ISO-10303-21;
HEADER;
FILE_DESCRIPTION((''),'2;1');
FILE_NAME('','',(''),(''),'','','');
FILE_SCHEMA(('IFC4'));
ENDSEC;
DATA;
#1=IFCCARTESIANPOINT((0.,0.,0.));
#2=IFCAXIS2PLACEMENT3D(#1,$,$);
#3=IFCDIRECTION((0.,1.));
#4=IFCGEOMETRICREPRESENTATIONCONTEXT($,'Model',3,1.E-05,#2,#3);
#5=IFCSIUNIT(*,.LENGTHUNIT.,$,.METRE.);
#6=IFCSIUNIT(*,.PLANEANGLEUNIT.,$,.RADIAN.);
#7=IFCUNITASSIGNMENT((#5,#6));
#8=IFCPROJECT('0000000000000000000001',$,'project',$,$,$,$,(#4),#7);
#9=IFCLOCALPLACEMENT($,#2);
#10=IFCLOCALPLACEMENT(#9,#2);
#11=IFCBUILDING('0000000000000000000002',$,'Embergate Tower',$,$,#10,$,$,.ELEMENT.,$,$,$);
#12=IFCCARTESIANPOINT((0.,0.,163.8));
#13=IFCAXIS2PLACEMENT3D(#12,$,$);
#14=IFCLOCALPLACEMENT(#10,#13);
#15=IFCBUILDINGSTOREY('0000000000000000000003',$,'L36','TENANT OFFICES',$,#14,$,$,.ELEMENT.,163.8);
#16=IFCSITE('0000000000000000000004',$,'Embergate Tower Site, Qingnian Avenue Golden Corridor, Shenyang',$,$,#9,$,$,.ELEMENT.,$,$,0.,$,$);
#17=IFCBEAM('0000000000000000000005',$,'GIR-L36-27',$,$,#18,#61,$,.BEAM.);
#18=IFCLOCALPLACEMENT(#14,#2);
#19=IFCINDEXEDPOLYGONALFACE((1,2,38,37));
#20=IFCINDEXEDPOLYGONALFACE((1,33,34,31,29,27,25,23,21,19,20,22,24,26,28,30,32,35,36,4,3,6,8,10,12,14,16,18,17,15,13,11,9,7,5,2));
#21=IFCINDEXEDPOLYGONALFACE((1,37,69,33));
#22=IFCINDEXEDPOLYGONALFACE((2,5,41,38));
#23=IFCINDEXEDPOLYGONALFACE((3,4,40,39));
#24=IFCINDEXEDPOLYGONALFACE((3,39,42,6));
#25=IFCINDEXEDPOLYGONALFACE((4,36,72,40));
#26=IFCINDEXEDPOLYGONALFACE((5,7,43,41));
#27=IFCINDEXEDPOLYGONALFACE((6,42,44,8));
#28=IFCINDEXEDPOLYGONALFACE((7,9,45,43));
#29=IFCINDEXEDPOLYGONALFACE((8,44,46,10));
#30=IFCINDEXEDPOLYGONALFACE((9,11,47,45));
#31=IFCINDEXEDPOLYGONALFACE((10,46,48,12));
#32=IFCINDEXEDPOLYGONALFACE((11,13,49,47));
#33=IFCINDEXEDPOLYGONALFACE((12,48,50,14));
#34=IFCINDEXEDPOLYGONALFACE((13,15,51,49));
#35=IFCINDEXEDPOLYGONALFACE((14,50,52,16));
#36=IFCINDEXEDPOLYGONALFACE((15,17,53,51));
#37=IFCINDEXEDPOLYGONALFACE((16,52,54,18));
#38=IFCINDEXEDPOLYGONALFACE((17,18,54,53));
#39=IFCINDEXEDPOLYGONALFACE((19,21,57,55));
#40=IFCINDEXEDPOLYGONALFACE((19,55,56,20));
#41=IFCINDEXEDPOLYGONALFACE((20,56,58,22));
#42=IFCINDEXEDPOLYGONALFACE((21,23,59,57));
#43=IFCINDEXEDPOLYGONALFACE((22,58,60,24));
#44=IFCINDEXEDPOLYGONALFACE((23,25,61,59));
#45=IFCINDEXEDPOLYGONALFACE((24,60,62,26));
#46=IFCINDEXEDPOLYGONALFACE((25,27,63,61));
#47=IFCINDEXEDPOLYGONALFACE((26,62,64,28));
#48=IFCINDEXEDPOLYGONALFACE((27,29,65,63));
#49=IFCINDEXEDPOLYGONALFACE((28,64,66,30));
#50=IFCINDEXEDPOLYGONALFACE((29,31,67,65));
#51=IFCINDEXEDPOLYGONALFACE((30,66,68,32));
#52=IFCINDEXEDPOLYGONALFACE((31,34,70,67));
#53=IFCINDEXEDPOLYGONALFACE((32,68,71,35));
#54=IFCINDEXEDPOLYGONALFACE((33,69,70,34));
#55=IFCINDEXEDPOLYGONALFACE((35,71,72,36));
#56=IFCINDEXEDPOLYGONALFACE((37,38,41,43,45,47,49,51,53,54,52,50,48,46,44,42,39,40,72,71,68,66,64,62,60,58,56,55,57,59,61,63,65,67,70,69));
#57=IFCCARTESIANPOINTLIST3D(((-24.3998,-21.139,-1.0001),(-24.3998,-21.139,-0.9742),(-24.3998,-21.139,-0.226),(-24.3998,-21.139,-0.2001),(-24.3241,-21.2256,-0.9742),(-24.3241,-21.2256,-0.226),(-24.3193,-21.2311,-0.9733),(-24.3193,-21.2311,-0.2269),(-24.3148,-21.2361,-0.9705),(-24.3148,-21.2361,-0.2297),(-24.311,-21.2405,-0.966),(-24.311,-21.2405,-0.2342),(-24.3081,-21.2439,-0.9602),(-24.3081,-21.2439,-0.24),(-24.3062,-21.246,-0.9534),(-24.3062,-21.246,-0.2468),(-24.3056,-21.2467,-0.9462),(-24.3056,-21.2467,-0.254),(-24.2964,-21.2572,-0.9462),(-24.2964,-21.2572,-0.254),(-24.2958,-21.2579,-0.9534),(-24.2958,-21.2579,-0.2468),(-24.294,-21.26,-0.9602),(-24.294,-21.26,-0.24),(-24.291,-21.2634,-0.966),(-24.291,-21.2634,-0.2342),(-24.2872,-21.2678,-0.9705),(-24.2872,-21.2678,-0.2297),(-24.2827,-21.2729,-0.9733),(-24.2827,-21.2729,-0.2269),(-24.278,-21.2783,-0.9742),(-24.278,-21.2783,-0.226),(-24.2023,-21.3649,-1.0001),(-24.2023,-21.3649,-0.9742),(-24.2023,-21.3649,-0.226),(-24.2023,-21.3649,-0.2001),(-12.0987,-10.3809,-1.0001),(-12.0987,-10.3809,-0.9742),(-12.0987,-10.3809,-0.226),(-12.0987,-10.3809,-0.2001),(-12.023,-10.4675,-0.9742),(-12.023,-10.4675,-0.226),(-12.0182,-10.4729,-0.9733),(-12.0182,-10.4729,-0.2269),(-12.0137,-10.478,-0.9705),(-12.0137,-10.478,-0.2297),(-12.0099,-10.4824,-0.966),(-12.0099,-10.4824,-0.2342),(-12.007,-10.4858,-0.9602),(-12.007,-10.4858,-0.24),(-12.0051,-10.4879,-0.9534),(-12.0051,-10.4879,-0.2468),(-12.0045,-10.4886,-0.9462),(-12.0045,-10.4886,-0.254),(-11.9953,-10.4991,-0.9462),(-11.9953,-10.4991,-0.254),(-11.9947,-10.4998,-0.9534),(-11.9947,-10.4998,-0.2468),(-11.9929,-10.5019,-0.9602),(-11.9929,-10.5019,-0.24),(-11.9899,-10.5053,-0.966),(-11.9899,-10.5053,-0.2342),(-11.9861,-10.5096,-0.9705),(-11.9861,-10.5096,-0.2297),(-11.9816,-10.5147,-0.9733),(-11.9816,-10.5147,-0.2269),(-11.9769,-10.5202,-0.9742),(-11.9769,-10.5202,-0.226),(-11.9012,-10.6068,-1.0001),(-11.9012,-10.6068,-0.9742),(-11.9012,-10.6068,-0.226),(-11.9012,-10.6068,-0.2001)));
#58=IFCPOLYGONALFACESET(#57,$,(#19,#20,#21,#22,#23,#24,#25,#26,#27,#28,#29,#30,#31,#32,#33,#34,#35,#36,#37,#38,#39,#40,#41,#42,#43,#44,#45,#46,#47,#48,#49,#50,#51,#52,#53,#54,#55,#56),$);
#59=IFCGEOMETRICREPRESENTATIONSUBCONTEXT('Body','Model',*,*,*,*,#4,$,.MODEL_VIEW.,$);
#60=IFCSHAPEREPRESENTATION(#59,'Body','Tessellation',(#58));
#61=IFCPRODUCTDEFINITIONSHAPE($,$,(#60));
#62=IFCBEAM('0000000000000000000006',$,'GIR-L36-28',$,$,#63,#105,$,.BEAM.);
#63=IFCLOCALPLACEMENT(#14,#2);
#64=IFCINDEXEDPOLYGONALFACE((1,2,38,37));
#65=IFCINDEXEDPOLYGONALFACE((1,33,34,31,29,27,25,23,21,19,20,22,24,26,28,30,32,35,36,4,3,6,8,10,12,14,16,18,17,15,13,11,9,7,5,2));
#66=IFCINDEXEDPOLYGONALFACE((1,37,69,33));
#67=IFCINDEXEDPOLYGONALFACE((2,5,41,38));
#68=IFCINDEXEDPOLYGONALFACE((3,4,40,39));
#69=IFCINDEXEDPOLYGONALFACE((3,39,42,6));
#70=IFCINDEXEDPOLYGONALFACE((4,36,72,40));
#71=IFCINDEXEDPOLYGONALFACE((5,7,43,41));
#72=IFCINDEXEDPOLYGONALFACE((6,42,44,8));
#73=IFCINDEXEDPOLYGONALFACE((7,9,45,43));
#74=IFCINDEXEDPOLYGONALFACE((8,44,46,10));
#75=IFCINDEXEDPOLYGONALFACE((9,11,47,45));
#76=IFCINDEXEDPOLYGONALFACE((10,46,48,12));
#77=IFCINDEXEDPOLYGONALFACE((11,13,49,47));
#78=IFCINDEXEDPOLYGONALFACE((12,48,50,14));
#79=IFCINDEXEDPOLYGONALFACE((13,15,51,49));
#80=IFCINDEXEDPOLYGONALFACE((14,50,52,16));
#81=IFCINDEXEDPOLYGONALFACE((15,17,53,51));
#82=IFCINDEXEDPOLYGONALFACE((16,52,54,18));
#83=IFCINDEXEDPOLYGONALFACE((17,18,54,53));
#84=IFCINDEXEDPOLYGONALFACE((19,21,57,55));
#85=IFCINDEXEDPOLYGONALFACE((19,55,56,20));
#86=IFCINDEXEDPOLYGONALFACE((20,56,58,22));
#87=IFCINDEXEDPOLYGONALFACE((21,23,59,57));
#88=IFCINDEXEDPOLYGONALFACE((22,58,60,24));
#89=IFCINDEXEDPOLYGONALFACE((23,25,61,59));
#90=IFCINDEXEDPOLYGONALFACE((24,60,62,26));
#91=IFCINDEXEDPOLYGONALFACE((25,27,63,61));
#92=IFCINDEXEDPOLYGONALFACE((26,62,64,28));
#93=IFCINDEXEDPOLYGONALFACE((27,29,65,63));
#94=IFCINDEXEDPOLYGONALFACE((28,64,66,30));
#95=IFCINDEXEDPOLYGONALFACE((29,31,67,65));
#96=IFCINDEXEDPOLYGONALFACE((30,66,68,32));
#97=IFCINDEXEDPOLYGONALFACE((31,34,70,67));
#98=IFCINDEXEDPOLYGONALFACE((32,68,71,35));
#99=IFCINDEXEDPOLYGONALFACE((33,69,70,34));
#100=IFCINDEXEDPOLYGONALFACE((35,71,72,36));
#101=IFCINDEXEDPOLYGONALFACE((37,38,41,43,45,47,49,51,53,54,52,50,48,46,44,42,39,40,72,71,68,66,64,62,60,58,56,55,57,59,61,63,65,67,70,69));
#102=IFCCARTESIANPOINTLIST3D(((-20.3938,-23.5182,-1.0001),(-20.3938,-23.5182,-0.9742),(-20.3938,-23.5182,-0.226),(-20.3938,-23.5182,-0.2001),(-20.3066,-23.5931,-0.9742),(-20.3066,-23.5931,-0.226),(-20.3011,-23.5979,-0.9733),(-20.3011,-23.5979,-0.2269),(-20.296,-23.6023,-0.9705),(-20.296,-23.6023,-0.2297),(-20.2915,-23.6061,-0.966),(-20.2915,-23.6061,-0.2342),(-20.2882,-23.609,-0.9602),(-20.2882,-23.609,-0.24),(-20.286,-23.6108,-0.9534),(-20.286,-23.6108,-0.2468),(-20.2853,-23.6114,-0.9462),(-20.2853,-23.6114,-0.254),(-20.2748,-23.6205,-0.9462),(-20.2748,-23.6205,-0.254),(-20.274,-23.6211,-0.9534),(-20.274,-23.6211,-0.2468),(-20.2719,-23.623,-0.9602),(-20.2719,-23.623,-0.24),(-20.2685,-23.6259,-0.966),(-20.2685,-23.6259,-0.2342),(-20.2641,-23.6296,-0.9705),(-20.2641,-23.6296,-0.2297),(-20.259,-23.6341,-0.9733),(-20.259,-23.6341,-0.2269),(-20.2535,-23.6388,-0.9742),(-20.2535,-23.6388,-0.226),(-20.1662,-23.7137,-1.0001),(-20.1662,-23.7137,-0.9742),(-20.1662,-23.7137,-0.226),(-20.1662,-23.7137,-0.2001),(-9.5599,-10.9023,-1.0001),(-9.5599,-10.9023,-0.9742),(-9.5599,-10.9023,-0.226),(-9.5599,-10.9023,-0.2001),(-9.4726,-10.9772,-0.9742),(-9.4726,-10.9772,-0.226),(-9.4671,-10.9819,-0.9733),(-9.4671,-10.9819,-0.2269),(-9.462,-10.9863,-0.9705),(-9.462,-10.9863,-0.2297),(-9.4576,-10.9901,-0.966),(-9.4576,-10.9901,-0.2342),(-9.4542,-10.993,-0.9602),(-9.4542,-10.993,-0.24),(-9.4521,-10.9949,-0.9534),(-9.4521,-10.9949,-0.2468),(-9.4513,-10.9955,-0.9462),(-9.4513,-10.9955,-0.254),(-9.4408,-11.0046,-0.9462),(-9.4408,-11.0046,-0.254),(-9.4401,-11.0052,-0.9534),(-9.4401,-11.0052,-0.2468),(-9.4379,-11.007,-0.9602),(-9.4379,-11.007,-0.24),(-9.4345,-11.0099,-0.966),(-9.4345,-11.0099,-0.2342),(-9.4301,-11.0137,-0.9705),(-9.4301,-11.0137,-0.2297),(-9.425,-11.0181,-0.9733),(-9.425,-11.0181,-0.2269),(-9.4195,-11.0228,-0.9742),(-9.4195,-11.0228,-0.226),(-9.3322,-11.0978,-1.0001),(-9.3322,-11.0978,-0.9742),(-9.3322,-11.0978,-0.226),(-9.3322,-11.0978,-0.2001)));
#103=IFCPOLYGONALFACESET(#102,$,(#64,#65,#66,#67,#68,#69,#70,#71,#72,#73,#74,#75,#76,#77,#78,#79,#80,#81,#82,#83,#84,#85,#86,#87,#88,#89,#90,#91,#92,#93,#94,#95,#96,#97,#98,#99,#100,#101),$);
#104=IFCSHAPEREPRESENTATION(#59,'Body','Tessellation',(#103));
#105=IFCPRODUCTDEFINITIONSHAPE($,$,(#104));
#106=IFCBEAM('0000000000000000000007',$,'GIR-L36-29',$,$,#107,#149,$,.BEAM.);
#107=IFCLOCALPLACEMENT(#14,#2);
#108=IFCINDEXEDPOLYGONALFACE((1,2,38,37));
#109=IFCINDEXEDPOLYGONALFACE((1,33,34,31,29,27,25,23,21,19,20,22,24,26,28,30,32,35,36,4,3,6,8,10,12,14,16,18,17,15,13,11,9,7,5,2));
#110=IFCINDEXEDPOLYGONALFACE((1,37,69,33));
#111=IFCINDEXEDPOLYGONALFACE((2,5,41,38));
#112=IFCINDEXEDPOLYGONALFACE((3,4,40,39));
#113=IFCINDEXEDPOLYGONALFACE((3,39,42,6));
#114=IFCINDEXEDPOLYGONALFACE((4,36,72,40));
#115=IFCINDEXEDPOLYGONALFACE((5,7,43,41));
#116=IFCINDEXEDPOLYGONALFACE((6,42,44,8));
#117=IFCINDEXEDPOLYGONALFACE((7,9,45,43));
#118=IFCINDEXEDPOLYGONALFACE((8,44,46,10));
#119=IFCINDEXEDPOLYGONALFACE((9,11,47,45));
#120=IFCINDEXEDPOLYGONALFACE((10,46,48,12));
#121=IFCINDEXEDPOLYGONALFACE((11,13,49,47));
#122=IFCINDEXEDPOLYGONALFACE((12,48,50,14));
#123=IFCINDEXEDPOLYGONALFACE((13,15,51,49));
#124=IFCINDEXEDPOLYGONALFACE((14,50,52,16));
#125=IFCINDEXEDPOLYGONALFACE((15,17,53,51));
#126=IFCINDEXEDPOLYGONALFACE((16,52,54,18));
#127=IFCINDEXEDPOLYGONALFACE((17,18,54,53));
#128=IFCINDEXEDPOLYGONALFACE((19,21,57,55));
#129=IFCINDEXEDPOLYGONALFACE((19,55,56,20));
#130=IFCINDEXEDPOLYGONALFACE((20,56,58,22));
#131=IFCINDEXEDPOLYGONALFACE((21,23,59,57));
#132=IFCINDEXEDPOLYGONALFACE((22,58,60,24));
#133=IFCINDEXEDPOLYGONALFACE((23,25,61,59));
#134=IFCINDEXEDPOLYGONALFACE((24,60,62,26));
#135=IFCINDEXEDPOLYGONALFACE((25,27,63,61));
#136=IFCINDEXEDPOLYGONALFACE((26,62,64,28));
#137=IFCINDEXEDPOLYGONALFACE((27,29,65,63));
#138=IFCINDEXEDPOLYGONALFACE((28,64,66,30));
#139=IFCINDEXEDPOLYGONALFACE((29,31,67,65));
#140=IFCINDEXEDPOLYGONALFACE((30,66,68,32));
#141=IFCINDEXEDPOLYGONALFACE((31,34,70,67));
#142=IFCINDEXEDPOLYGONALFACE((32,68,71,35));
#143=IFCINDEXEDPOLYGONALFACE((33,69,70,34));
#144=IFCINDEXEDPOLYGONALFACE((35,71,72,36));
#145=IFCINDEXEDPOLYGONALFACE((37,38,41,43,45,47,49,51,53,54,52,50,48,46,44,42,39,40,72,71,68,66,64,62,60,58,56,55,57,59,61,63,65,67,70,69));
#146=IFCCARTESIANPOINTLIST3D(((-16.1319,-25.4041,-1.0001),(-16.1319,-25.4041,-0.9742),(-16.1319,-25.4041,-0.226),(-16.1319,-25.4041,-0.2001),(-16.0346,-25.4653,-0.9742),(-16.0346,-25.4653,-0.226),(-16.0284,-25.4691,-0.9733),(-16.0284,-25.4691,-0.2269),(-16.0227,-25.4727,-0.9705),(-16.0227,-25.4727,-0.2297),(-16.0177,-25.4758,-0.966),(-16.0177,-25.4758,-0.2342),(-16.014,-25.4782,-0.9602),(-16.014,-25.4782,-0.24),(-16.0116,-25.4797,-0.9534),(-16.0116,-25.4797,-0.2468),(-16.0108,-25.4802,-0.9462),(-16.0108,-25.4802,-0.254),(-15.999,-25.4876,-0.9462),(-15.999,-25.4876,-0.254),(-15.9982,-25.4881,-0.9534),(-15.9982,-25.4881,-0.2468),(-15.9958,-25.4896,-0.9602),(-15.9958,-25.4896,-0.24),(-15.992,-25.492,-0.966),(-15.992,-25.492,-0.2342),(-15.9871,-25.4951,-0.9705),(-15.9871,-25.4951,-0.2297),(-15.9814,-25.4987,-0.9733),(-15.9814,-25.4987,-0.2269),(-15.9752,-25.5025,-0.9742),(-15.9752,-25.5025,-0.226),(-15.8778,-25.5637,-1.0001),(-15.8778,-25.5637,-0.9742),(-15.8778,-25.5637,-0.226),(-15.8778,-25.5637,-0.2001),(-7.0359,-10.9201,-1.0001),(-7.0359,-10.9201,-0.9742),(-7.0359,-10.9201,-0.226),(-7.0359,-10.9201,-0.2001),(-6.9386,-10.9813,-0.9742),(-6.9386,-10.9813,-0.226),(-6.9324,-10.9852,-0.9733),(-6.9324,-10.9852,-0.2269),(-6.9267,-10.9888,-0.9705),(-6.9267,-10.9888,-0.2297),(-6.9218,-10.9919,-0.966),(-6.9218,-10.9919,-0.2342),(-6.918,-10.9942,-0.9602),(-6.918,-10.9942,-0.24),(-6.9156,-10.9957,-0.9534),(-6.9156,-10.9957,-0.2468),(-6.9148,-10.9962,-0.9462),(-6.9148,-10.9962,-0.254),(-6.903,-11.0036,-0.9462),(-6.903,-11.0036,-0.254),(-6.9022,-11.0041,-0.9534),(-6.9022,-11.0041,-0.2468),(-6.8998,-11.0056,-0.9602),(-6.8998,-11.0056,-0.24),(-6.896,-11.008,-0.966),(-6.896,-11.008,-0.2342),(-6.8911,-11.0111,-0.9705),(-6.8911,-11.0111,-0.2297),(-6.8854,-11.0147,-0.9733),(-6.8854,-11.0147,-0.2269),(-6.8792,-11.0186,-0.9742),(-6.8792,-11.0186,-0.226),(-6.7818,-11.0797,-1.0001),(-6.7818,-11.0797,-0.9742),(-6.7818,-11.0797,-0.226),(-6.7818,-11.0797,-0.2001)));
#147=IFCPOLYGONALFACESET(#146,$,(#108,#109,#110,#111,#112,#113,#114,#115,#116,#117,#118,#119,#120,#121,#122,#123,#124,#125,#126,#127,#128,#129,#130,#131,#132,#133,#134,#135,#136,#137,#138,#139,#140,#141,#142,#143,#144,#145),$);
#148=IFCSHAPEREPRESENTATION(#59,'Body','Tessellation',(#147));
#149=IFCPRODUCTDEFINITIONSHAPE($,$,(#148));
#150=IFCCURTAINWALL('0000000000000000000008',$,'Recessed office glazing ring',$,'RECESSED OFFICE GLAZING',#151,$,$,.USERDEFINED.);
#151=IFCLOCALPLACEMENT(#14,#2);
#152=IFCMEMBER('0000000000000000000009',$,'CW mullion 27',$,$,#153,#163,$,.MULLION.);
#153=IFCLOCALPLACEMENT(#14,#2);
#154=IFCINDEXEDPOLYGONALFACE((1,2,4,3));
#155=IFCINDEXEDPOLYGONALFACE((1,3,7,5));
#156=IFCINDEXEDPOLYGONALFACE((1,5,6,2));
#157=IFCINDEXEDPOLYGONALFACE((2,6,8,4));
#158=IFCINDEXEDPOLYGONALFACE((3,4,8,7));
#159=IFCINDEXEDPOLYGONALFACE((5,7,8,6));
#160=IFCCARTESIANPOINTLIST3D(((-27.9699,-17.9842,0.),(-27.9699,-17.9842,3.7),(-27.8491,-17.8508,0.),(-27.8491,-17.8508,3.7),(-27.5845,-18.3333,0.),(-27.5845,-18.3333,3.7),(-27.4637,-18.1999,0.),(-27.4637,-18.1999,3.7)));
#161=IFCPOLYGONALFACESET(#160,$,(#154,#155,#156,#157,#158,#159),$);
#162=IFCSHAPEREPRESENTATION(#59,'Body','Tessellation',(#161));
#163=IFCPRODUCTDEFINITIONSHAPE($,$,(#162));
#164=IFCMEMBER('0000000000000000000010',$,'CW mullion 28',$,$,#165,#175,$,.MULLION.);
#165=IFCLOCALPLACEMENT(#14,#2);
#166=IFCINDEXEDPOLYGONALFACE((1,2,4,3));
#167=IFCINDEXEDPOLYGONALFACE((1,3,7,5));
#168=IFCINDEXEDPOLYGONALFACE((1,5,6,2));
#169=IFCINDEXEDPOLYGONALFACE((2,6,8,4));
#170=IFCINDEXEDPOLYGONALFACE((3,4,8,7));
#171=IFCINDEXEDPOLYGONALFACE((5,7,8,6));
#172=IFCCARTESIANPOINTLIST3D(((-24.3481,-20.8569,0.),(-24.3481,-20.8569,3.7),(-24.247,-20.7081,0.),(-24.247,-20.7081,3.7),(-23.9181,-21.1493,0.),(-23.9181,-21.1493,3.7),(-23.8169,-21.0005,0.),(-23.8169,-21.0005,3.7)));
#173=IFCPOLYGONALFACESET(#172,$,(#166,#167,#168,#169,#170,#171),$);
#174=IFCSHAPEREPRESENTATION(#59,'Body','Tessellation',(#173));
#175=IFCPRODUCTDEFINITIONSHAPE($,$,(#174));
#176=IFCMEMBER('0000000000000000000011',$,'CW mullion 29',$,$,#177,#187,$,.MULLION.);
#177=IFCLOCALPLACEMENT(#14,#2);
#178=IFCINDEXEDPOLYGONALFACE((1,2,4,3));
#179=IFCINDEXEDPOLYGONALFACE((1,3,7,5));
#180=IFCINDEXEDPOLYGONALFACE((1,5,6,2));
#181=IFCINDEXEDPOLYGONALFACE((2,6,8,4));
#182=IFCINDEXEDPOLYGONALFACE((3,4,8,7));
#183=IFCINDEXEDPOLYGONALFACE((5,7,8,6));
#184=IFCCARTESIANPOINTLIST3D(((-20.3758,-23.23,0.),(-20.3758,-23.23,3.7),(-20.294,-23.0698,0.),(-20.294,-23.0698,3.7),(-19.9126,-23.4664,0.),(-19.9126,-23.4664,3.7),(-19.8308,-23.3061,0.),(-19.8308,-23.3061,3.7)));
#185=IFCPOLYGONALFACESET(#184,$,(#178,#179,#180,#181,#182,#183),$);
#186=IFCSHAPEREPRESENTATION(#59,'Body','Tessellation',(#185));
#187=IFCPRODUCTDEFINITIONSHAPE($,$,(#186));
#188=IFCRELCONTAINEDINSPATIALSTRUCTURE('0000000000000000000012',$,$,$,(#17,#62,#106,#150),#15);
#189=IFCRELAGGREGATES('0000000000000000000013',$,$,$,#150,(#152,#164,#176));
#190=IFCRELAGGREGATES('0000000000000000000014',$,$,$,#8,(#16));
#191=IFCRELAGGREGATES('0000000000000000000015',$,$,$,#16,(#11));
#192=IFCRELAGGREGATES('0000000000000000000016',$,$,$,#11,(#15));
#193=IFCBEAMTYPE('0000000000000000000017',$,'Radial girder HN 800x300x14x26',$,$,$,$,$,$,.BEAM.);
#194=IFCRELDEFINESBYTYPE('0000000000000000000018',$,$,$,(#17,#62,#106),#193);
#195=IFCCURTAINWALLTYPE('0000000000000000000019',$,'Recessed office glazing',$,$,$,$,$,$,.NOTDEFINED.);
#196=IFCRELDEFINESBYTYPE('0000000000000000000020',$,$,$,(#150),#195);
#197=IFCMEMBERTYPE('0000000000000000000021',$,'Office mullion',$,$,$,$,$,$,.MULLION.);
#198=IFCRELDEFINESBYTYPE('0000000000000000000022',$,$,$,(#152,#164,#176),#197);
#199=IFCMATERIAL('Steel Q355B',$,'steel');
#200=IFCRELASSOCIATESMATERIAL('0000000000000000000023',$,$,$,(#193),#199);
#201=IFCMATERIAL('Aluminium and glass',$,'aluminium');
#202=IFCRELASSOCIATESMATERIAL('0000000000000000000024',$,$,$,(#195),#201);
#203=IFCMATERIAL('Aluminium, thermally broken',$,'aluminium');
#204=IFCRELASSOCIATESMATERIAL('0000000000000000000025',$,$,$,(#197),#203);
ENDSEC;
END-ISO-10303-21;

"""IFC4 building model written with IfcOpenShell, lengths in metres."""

from ifc_helpers import new_model, si_unit, direction, frame, origin, origin_2d, place, context, subcontext, project, spatial, rectangle, i_section, extrude, source, transform, mapped, material, material_profile, profile_set, type_object, element, aggregate, save


model = new_model("IFC4")

# Units and contexts
model_context = context("Model", 3, precision=1e-05, world=origin(), true_north=direction((0.0, 1.0)))
body_context = subcontext(model_context, "Body", "Model", "MODEL_VIEW")
ifc_project = project(units=[si_unit("LENGTHUNIT", "METRE"), si_unit("PLANEANGLEUNIT", "RADIAN")], contexts=[model_context])

# Site, building, storey
site_placement = place(None, origin())
site = spatial("IfcSite", under=ifc_project, at=site_placement, Name="Embergate Tower Site, Qingnian Avenue Golden Corridor, Shenyang", CompositionType="ELEMENT", RefElevation=0.0)
building_placement = place(site_placement, origin())
building = spatial("IfcBuilding", under=site, at=building_placement, Name="Embergate Tower", CompositionType="ELEMENT")
storey_placement = place(building_placement, frame((0.0, 0.0, 163.8)))
storey = spatial("IfcBuildingStorey", under=building, at=storey_placement, Name="L36", Description="TENANT OFFICES", CompositionType="ELEMENT", Elevation=163.8)

# Beams
ifc_material_1 = material(Name="Steel Q355B", Category="steel")
ifc_material_profile_1 = material_profile(ifc_material_1, i_section(OverallWidth=0.3, OverallDepth=0.8, WebThickness=0.0139, FlangeThickness=0.0259, FilletRadius=0.0281, at=origin_2d()), Name="HN 800x300x14x26")
ifc_profile_set_1 = profile_set([ifc_material_profile_1], Name="Steel Q355 grade B")
beam_type_1 = type_object("IfcBeamType", Name="Radial girder HN 800x300x14x26", PredefinedType="BEAM", material=ifc_profile_set_1)
shared_shape_1 = source(origin(), body_context, "Body", "SweptSolid", [
    extrude(i_section(OverallWidth=0.3, OverallDepth=0.8, WebThickness=0.0139, FlangeThickness=0.0259, FilletRadius=0.0281, at=origin_2d()), origin(), (0.0, 0.0, 1.0), 16.3418),
])
beam_1_placement = place(storey_placement, frame((-24.301, -21.252, -0.6001), z_axis=(0.752739, 0.658319, 0.0), x_axis=(-0.658319, 0.752739, 0.0)))
element("IfcBeam", 1, at=beam_1_placement, inside=storey, type_object=beam_type_1, Name="GIR-L36-27", PredefinedType="BEAM", context=body_context, shape_type="MappedRepresentation", body=[
    mapped(shared_shape_1, transform((0.0, 0.0, 0.0))),
])
shared_shape_2 = source(origin(), body_context, "Body", "SweptSolid", [
    extrude(i_section(OverallWidth=0.3, OverallDepth=0.8, WebThickness=0.0139, FlangeThickness=0.0259, FilletRadius=0.0281, at=origin_2d()), origin(), (0.0, 0.0, 1.0), 16.6294),
])
beam_2_placement = place(storey_placement, frame((-20.28, -23.616, -0.6001), z_axis=(0.651495, 0.758653, 0.0), x_axis=(-0.758653, 0.651495, 0.0)))
element("IfcBeam", 2, at=beam_2_placement, inside=storey, type_object=beam_type_1, Name="GIR-L36-28", PredefinedType="BEAM", context=body_context, shape_type="MappedRepresentation", body=[
    mapped(shared_shape_2, transform((0.0, 0.0, 0.0))),
])
shared_shape_3 = source(origin(), body_context, "Body", "SweptSolid", [
    extrude(i_section(OverallWidth=0.3, OverallDepth=0.8, WebThickness=0.0139, FlangeThickness=0.0259, FilletRadius=0.0281, at=origin_2d()), origin(), (0.0, 0.0, 1.0), 17.1033),
])
beam_3_placement = place(storey_placement, frame((-16.0049, -25.4839, -0.6001), z_axis=(0.531827, 0.846853, 0.0), x_axis=(-0.846853, 0.531827, 0.0)))
element("IfcBeam", 3, at=beam_3_placement, inside=storey, type_object=beam_type_1, Name="GIR-L36-29", PredefinedType="BEAM", context=body_context, shape_type="MappedRepresentation", body=[
    mapped(shared_shape_3, transform((0.0, 0.0, 0.0))),
])

# Curtain wall, members
ifc_material_2 = material(Name="Aluminium and glass", Category="aluminium")
curtain_wall_type = type_object("IfcCurtainWallType", Name="Recessed office glazing", PredefinedType="NOTDEFINED", material=ifc_material_2)
curtain_wall_placement = place(storey_placement, origin())
curtain_wall = element("IfcCurtainWall", 4, at=curtain_wall_placement, inside=storey, type_object=curtain_wall_type, Name="Recessed office glazing ring", ObjectType="RECESSED OFFICE GLAZING", PredefinedType="USERDEFINED")
ifc_material_3 = material(Name="Aluminium, thermally broken", Category="aluminium")
ifc_material_profile_2 = material_profile(ifc_material_3, rectangle(XDim=0.1799, YDim=0.52, at=origin_2d()), Name="AL 520x180")
ifc_profile_set_2 = profile_set([ifc_material_profile_2], Name="Aluminium, thermally broken")
member_type_1 = type_object("IfcMemberType", Name="Office mullion", PredefinedType="MULLION", material=ifc_profile_set_2)
shared_shape_4 = source(origin(), body_context, "Body", "SweptSolid", [
    extrude(rectangle(XDim=0.1799, YDim=0.52, at=origin_2d()), origin(), (0.0, 0.0, 1.0), 3.7),
])
member_1_placement = place(storey_placement, frame((-27.7168, -18.092, 0.0), z_axis=(0.0, 0.0, 1.0), x_axis=(0.671227, 0.741252, 0.0)))
member_1 = element("IfcMember", 5, at=member_1_placement, type_object=member_type_1, Name="CW mullion 27", PredefinedType="MULLION", context=body_context, shape_type="MappedRepresentation", body=[
    mapped(shared_shape_4, transform((0.0, 0.0, 0.0))),
])
member_2_placement = place(storey_placement, frame((-24.0825, -20.9287, 0.0), z_axis=(0.0, 0.0, 1.0), x_axis=(0.562216, 0.82699, 0.0)))
member_2 = element("IfcMember", 6, at=member_2_placement, type_object=member_type_1, Name="CW mullion 28", PredefinedType="MULLION", context=body_context, shape_type="MappedRepresentation", body=[
    mapped(shared_shape_4, transform((0.0, 0.0, 0.0))),
])
member_3_placement = place(storey_placement, frame((-20.1033, -23.2681, 0.0), z_axis=(0.0, 0.0, 1.0), x_axis=(0.45451, 0.890742, 0.0)))
member_3 = element("IfcMember", 7, at=member_3_placement, type_object=member_type_1, Name="CW mullion 29", PredefinedType="MULLION", context=body_context, shape_type="MappedRepresentation", body=[
    mapped(shared_shape_4, transform((0.0, 0.0, 0.0))),
])
aggregate(curtain_wall, [member_1, member_2, member_3])

save(model, "model.ifc")
